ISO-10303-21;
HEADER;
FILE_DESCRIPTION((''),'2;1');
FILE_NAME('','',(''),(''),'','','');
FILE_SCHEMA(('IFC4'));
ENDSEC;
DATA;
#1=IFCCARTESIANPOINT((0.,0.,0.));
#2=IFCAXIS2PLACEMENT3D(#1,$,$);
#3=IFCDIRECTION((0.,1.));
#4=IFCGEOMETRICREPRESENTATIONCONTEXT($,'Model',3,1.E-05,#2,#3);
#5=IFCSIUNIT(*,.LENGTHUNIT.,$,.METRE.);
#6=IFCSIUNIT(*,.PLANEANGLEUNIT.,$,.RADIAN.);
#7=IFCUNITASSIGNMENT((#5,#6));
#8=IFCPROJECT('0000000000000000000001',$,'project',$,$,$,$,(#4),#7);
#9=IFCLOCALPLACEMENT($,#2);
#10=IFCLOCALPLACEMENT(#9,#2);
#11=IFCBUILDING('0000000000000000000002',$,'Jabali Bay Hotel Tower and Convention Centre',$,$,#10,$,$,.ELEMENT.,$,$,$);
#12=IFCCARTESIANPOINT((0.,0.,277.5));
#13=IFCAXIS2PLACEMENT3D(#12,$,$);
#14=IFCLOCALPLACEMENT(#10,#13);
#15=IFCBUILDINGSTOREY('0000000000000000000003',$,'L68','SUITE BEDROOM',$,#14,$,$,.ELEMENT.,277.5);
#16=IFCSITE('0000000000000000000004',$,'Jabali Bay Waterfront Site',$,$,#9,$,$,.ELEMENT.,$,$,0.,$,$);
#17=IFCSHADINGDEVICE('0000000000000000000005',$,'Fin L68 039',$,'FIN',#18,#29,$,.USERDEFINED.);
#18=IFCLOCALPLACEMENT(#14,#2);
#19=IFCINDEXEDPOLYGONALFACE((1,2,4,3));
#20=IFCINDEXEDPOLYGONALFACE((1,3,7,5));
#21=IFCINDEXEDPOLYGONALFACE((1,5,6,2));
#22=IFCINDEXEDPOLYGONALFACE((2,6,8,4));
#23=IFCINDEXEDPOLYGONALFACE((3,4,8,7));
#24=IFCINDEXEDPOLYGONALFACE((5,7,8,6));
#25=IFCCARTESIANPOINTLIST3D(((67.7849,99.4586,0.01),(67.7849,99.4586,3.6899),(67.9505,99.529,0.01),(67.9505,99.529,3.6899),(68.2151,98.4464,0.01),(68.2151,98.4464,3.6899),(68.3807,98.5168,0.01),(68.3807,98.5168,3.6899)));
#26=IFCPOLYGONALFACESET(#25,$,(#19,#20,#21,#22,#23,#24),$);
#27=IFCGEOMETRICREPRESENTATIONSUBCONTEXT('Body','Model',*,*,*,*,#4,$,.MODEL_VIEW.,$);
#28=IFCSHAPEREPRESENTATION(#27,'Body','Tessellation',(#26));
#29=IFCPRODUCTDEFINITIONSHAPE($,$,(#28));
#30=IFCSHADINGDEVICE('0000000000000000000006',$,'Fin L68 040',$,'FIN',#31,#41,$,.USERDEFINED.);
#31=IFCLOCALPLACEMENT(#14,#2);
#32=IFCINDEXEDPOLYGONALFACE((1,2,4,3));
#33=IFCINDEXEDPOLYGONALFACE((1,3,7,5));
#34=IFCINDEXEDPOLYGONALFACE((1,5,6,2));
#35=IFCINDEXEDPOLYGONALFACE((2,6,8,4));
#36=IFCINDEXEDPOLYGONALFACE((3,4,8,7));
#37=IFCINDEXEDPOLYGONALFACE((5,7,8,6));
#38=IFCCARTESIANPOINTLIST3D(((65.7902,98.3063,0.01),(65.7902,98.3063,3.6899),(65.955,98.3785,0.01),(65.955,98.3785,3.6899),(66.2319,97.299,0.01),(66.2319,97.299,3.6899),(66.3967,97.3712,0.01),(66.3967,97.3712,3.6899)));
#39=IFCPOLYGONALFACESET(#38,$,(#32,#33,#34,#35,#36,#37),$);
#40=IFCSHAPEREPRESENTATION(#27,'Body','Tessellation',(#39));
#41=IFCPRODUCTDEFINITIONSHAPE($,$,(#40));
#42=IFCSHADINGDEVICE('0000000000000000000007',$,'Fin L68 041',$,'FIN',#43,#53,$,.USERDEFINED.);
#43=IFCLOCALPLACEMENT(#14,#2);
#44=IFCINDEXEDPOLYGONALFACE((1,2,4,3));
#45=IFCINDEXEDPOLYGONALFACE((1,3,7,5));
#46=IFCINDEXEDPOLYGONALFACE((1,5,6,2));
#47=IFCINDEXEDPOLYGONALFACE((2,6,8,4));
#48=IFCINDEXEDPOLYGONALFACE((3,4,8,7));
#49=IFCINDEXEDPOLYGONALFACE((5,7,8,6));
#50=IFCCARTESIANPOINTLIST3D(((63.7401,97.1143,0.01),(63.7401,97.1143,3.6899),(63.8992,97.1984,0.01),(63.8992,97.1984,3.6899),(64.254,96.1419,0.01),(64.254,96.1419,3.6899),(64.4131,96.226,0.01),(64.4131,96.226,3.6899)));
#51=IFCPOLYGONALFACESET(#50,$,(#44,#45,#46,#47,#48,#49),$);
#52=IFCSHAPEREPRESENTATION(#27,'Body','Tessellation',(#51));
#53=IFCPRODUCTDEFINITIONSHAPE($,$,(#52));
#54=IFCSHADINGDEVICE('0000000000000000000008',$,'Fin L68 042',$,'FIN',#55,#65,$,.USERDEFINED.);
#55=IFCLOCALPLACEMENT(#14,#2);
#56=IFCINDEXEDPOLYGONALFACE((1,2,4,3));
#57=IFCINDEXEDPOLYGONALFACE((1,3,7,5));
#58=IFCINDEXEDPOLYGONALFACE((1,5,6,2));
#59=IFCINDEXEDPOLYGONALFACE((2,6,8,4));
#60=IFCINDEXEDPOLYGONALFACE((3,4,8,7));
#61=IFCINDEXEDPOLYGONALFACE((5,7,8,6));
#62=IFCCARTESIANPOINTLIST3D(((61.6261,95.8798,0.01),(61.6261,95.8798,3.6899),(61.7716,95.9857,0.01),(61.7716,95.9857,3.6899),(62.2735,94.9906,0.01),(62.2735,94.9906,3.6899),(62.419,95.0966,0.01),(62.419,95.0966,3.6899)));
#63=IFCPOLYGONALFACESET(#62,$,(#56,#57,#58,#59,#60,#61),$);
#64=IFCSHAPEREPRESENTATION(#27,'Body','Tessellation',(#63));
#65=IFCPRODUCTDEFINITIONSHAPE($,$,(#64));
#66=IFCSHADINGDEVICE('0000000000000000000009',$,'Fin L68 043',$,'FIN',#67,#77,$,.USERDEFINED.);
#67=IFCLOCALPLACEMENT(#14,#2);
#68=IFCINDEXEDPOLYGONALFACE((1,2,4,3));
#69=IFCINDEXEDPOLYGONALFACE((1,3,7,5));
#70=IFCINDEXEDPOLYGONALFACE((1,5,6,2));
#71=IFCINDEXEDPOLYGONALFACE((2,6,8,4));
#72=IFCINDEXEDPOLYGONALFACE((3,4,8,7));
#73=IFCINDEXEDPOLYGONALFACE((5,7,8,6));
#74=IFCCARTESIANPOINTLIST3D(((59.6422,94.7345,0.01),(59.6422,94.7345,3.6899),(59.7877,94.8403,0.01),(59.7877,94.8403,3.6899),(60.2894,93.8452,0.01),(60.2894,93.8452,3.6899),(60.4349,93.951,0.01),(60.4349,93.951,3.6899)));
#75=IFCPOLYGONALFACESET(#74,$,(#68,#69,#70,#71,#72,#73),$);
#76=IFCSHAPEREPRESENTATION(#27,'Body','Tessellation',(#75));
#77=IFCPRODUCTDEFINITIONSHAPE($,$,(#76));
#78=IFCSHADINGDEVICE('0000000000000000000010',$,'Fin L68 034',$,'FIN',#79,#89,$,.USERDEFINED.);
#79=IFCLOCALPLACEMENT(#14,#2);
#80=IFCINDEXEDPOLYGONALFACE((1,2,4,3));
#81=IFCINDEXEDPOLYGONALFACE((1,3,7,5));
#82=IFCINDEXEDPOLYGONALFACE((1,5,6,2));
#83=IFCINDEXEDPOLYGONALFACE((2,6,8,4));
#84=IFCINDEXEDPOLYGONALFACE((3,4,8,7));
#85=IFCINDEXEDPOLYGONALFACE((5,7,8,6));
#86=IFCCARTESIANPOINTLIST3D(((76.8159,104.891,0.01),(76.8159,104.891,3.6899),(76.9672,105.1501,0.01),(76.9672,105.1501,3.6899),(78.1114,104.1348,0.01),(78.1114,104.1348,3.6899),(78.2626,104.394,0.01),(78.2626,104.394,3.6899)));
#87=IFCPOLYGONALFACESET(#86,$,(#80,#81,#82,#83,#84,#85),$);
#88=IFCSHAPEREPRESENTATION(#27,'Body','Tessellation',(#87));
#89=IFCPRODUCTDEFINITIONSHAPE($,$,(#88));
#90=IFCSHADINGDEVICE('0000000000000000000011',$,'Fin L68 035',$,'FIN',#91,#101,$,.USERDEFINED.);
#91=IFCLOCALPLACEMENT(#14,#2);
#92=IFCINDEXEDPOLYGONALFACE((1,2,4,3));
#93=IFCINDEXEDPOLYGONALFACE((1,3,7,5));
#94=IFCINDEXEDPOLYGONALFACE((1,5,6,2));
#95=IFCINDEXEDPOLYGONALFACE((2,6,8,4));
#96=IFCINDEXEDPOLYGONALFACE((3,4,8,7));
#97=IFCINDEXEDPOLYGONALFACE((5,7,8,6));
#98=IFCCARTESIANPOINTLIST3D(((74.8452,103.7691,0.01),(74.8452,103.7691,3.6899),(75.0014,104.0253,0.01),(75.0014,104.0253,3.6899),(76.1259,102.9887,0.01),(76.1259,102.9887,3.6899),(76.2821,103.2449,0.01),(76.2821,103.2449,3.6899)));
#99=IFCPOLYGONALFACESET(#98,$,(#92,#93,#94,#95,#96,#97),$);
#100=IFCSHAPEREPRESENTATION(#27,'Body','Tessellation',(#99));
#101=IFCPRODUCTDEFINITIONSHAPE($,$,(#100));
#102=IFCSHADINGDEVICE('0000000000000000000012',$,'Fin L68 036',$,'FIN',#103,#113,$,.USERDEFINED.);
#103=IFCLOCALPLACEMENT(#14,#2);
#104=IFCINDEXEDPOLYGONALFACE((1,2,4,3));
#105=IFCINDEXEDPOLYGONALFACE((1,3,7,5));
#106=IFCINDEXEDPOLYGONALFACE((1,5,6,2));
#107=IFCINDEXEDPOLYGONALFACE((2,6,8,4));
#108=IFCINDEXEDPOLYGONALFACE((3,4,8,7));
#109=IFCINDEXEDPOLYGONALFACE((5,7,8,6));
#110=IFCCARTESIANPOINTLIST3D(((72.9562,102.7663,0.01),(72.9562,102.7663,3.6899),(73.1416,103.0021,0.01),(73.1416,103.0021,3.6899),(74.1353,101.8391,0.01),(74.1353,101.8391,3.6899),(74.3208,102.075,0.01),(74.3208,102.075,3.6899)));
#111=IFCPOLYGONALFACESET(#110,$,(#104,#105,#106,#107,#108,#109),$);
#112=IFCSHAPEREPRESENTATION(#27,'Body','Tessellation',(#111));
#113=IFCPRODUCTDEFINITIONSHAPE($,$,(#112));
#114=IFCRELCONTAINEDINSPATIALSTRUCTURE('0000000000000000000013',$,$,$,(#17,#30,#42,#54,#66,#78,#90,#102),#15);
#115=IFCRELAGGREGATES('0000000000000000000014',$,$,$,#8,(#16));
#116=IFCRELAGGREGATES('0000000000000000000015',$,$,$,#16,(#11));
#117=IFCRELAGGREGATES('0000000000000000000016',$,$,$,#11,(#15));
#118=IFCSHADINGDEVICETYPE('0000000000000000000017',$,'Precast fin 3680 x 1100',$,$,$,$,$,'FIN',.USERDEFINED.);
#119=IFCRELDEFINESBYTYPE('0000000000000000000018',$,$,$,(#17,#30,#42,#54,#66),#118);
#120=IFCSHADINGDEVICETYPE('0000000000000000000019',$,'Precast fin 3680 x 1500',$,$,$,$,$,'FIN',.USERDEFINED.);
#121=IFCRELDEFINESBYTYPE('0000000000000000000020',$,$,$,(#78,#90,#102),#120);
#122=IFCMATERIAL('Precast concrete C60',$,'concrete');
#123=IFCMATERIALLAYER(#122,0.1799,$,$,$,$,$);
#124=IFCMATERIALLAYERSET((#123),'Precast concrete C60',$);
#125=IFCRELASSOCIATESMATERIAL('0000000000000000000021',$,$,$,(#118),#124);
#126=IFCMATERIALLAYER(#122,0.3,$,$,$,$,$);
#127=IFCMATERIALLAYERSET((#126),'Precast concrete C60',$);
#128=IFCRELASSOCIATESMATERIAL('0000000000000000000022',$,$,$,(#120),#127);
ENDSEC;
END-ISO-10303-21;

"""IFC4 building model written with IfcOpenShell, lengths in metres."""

from ifc_helpers import new_model, si_unit, direction, frame, frame_2d, origin, place, context, subcontext, project, spatial, rectangle, extrude, material, layer, layer_set, type_object, element, save


model = new_model("IFC4")

# Units and contexts
model_context = context("Model", 3, precision=1e-05, world=origin(), true_north=direction((0.0, 1.0)))
body_context = subcontext(model_context, "Body", "Model", "MODEL_VIEW")
ifc_project = project(units=[si_unit("LENGTHUNIT", "METRE"), si_unit("PLANEANGLEUNIT", "RADIAN")], contexts=[model_context])

# Site, building, storey
site_placement = place(None, origin())
site = spatial("IfcSite", under=ifc_project, at=site_placement, Name="Jabali Bay Waterfront Site", CompositionType="ELEMENT", RefElevation=0.0)
building_placement = place(site_placement, origin())
building = spatial("IfcBuilding", under=site, at=building_placement, Name="Jabali Bay Hotel Tower and Convention Centre", CompositionType="ELEMENT")
storey_placement = place(building_placement, frame((0.0, 0.0, 277.5)))
storey = spatial("IfcBuildingStorey", under=building, at=storey_placement, Name="L68", Description="SUITE BEDROOM", CompositionType="ELEMENT", Elevation=277.5)

# Shading devices
ifc_material_1 = material(Name="Precast concrete C60", Category="concrete")
ifc_layer_1 = layer(ifc_material_1, 0.1799)
ifc_layer_set_1 = layer_set([ifc_layer_1], Name="Precast concrete C60")
shading_device_type_1 = type_object("IfcShadingDeviceType", Name="Precast fin 3680 x 1100", ElementType="FIN", PredefinedType="USERDEFINED", material=ifc_layer_set_1)
for number, where, z_axis, x_axis, name in (
    (1, (68.2979, 98.4817, 0.01), (0.0, 0.0, 1.0), (-0.391131, 0.920335, 0.0), "Fin L68 039"),
    (2, (66.3142, 97.3352, 0.01), (0.0, 0.0, 1.0), (-0.401541, 0.915841, 0.0), "Fin L68 040"),
    (3, (64.3335, 96.1841, 0.01), (0.0, 0.0, 1.0), (-0.467255, 0.884122, 0.0), "Fin L68 041"),
    (4, (62.3462, 95.0437, 0.01), (0.0, 0.0, 1.0), (-0.588647, 0.80839, 0.0), "Fin L68 042"),
    (5, (60.3621, 93.8982, 0.01), (0.0, 0.0, 1.0), (-0.588396, 0.808573, 0.0), "Fin L68 043"),
):
    element("IfcShadingDevice", number, at=place(storey_placement, frame(where, z_axis=z_axis, x_axis=x_axis)), inside=storey, type_object=shading_device_type_1, Name=name, ObjectType="FIN", PredefinedType="USERDEFINED", context=body_context, shape_type="SweptSolid", body=[
        extrude(rectangle(XDim=1.0999, YDim=0.1799, at=frame_2d((0.5498, 0.0))), origin(), (0.0, 0.0, 1.0), 3.6799),
    ])
ifc_layer_2 = layer(ifc_material_1, 0.3)
ifc_layer_set_2 = layer_set([ifc_layer_2], Name="Precast concrete C60")
shading_device_type_2 = type_object("IfcShadingDeviceType", Name="Precast fin 3680 x 1500", ElementType="FIN", PredefinedType="USERDEFINED", material=ifc_layer_set_2)
shading_device_1_placement = place(storey_placement, frame((78.187, 104.2644, 0.01), z_axis=(0.0, 0.0, 1.0), x_axis=(-0.863649, 0.504094, 0.0)))
element("IfcShadingDevice", 6, at=shading_device_1_placement, inside=storey, type_object=shading_device_type_2, Name="Fin L68 034", ObjectType="FIN", PredefinedType="USERDEFINED", context=body_context, shape_type="SweptSolid", body=[
    extrude(rectangle(XDim=1.5, YDim=0.3, at=frame_2d((0.75, 0.0))), origin(), (0.0, 0.0, 1.0), 3.6799),
])
shading_device_2_placement = place(storey_placement, frame((76.2041, 103.1167, 0.01), z_axis=(0.0, 0.0, 1.0), x_axis=(-0.853925, 0.520396, 0.0)))
element("IfcShadingDevice", 7, at=shading_device_2_placement, inside=storey, type_object=shading_device_type_2, Name="Fin L68 035", ObjectType="FIN", PredefinedType="USERDEFINED", context=body_context, shape_type="SweptSolid", body=[
    extrude(rectangle(XDim=1.4998, YDim=0.3, at=frame_2d((0.75, 0.0))), origin(), (0.0, 0.0, 1.0), 3.6799),
])
shading_device_3_placement = place(storey_placement, frame((74.228, 101.957, 0.01), z_axis=(0.0, 0.0, 1.0), x_axis=(-0.786081, 0.618123, 0.0)))
element("IfcShadingDevice", 8, at=shading_device_3_placement, inside=storey, type_object=shading_device_type_2, Name="Fin L68 036", ObjectType="FIN", PredefinedType="USERDEFINED", context=body_context, shape_type="SweptSolid", body=[
    extrude(rectangle(XDim=1.5, YDim=0.3, at=frame_2d((0.75, 0.0))), origin(), (0.0, 0.0, 1.0), 3.6799),
])

save(model, "model.ifc")
